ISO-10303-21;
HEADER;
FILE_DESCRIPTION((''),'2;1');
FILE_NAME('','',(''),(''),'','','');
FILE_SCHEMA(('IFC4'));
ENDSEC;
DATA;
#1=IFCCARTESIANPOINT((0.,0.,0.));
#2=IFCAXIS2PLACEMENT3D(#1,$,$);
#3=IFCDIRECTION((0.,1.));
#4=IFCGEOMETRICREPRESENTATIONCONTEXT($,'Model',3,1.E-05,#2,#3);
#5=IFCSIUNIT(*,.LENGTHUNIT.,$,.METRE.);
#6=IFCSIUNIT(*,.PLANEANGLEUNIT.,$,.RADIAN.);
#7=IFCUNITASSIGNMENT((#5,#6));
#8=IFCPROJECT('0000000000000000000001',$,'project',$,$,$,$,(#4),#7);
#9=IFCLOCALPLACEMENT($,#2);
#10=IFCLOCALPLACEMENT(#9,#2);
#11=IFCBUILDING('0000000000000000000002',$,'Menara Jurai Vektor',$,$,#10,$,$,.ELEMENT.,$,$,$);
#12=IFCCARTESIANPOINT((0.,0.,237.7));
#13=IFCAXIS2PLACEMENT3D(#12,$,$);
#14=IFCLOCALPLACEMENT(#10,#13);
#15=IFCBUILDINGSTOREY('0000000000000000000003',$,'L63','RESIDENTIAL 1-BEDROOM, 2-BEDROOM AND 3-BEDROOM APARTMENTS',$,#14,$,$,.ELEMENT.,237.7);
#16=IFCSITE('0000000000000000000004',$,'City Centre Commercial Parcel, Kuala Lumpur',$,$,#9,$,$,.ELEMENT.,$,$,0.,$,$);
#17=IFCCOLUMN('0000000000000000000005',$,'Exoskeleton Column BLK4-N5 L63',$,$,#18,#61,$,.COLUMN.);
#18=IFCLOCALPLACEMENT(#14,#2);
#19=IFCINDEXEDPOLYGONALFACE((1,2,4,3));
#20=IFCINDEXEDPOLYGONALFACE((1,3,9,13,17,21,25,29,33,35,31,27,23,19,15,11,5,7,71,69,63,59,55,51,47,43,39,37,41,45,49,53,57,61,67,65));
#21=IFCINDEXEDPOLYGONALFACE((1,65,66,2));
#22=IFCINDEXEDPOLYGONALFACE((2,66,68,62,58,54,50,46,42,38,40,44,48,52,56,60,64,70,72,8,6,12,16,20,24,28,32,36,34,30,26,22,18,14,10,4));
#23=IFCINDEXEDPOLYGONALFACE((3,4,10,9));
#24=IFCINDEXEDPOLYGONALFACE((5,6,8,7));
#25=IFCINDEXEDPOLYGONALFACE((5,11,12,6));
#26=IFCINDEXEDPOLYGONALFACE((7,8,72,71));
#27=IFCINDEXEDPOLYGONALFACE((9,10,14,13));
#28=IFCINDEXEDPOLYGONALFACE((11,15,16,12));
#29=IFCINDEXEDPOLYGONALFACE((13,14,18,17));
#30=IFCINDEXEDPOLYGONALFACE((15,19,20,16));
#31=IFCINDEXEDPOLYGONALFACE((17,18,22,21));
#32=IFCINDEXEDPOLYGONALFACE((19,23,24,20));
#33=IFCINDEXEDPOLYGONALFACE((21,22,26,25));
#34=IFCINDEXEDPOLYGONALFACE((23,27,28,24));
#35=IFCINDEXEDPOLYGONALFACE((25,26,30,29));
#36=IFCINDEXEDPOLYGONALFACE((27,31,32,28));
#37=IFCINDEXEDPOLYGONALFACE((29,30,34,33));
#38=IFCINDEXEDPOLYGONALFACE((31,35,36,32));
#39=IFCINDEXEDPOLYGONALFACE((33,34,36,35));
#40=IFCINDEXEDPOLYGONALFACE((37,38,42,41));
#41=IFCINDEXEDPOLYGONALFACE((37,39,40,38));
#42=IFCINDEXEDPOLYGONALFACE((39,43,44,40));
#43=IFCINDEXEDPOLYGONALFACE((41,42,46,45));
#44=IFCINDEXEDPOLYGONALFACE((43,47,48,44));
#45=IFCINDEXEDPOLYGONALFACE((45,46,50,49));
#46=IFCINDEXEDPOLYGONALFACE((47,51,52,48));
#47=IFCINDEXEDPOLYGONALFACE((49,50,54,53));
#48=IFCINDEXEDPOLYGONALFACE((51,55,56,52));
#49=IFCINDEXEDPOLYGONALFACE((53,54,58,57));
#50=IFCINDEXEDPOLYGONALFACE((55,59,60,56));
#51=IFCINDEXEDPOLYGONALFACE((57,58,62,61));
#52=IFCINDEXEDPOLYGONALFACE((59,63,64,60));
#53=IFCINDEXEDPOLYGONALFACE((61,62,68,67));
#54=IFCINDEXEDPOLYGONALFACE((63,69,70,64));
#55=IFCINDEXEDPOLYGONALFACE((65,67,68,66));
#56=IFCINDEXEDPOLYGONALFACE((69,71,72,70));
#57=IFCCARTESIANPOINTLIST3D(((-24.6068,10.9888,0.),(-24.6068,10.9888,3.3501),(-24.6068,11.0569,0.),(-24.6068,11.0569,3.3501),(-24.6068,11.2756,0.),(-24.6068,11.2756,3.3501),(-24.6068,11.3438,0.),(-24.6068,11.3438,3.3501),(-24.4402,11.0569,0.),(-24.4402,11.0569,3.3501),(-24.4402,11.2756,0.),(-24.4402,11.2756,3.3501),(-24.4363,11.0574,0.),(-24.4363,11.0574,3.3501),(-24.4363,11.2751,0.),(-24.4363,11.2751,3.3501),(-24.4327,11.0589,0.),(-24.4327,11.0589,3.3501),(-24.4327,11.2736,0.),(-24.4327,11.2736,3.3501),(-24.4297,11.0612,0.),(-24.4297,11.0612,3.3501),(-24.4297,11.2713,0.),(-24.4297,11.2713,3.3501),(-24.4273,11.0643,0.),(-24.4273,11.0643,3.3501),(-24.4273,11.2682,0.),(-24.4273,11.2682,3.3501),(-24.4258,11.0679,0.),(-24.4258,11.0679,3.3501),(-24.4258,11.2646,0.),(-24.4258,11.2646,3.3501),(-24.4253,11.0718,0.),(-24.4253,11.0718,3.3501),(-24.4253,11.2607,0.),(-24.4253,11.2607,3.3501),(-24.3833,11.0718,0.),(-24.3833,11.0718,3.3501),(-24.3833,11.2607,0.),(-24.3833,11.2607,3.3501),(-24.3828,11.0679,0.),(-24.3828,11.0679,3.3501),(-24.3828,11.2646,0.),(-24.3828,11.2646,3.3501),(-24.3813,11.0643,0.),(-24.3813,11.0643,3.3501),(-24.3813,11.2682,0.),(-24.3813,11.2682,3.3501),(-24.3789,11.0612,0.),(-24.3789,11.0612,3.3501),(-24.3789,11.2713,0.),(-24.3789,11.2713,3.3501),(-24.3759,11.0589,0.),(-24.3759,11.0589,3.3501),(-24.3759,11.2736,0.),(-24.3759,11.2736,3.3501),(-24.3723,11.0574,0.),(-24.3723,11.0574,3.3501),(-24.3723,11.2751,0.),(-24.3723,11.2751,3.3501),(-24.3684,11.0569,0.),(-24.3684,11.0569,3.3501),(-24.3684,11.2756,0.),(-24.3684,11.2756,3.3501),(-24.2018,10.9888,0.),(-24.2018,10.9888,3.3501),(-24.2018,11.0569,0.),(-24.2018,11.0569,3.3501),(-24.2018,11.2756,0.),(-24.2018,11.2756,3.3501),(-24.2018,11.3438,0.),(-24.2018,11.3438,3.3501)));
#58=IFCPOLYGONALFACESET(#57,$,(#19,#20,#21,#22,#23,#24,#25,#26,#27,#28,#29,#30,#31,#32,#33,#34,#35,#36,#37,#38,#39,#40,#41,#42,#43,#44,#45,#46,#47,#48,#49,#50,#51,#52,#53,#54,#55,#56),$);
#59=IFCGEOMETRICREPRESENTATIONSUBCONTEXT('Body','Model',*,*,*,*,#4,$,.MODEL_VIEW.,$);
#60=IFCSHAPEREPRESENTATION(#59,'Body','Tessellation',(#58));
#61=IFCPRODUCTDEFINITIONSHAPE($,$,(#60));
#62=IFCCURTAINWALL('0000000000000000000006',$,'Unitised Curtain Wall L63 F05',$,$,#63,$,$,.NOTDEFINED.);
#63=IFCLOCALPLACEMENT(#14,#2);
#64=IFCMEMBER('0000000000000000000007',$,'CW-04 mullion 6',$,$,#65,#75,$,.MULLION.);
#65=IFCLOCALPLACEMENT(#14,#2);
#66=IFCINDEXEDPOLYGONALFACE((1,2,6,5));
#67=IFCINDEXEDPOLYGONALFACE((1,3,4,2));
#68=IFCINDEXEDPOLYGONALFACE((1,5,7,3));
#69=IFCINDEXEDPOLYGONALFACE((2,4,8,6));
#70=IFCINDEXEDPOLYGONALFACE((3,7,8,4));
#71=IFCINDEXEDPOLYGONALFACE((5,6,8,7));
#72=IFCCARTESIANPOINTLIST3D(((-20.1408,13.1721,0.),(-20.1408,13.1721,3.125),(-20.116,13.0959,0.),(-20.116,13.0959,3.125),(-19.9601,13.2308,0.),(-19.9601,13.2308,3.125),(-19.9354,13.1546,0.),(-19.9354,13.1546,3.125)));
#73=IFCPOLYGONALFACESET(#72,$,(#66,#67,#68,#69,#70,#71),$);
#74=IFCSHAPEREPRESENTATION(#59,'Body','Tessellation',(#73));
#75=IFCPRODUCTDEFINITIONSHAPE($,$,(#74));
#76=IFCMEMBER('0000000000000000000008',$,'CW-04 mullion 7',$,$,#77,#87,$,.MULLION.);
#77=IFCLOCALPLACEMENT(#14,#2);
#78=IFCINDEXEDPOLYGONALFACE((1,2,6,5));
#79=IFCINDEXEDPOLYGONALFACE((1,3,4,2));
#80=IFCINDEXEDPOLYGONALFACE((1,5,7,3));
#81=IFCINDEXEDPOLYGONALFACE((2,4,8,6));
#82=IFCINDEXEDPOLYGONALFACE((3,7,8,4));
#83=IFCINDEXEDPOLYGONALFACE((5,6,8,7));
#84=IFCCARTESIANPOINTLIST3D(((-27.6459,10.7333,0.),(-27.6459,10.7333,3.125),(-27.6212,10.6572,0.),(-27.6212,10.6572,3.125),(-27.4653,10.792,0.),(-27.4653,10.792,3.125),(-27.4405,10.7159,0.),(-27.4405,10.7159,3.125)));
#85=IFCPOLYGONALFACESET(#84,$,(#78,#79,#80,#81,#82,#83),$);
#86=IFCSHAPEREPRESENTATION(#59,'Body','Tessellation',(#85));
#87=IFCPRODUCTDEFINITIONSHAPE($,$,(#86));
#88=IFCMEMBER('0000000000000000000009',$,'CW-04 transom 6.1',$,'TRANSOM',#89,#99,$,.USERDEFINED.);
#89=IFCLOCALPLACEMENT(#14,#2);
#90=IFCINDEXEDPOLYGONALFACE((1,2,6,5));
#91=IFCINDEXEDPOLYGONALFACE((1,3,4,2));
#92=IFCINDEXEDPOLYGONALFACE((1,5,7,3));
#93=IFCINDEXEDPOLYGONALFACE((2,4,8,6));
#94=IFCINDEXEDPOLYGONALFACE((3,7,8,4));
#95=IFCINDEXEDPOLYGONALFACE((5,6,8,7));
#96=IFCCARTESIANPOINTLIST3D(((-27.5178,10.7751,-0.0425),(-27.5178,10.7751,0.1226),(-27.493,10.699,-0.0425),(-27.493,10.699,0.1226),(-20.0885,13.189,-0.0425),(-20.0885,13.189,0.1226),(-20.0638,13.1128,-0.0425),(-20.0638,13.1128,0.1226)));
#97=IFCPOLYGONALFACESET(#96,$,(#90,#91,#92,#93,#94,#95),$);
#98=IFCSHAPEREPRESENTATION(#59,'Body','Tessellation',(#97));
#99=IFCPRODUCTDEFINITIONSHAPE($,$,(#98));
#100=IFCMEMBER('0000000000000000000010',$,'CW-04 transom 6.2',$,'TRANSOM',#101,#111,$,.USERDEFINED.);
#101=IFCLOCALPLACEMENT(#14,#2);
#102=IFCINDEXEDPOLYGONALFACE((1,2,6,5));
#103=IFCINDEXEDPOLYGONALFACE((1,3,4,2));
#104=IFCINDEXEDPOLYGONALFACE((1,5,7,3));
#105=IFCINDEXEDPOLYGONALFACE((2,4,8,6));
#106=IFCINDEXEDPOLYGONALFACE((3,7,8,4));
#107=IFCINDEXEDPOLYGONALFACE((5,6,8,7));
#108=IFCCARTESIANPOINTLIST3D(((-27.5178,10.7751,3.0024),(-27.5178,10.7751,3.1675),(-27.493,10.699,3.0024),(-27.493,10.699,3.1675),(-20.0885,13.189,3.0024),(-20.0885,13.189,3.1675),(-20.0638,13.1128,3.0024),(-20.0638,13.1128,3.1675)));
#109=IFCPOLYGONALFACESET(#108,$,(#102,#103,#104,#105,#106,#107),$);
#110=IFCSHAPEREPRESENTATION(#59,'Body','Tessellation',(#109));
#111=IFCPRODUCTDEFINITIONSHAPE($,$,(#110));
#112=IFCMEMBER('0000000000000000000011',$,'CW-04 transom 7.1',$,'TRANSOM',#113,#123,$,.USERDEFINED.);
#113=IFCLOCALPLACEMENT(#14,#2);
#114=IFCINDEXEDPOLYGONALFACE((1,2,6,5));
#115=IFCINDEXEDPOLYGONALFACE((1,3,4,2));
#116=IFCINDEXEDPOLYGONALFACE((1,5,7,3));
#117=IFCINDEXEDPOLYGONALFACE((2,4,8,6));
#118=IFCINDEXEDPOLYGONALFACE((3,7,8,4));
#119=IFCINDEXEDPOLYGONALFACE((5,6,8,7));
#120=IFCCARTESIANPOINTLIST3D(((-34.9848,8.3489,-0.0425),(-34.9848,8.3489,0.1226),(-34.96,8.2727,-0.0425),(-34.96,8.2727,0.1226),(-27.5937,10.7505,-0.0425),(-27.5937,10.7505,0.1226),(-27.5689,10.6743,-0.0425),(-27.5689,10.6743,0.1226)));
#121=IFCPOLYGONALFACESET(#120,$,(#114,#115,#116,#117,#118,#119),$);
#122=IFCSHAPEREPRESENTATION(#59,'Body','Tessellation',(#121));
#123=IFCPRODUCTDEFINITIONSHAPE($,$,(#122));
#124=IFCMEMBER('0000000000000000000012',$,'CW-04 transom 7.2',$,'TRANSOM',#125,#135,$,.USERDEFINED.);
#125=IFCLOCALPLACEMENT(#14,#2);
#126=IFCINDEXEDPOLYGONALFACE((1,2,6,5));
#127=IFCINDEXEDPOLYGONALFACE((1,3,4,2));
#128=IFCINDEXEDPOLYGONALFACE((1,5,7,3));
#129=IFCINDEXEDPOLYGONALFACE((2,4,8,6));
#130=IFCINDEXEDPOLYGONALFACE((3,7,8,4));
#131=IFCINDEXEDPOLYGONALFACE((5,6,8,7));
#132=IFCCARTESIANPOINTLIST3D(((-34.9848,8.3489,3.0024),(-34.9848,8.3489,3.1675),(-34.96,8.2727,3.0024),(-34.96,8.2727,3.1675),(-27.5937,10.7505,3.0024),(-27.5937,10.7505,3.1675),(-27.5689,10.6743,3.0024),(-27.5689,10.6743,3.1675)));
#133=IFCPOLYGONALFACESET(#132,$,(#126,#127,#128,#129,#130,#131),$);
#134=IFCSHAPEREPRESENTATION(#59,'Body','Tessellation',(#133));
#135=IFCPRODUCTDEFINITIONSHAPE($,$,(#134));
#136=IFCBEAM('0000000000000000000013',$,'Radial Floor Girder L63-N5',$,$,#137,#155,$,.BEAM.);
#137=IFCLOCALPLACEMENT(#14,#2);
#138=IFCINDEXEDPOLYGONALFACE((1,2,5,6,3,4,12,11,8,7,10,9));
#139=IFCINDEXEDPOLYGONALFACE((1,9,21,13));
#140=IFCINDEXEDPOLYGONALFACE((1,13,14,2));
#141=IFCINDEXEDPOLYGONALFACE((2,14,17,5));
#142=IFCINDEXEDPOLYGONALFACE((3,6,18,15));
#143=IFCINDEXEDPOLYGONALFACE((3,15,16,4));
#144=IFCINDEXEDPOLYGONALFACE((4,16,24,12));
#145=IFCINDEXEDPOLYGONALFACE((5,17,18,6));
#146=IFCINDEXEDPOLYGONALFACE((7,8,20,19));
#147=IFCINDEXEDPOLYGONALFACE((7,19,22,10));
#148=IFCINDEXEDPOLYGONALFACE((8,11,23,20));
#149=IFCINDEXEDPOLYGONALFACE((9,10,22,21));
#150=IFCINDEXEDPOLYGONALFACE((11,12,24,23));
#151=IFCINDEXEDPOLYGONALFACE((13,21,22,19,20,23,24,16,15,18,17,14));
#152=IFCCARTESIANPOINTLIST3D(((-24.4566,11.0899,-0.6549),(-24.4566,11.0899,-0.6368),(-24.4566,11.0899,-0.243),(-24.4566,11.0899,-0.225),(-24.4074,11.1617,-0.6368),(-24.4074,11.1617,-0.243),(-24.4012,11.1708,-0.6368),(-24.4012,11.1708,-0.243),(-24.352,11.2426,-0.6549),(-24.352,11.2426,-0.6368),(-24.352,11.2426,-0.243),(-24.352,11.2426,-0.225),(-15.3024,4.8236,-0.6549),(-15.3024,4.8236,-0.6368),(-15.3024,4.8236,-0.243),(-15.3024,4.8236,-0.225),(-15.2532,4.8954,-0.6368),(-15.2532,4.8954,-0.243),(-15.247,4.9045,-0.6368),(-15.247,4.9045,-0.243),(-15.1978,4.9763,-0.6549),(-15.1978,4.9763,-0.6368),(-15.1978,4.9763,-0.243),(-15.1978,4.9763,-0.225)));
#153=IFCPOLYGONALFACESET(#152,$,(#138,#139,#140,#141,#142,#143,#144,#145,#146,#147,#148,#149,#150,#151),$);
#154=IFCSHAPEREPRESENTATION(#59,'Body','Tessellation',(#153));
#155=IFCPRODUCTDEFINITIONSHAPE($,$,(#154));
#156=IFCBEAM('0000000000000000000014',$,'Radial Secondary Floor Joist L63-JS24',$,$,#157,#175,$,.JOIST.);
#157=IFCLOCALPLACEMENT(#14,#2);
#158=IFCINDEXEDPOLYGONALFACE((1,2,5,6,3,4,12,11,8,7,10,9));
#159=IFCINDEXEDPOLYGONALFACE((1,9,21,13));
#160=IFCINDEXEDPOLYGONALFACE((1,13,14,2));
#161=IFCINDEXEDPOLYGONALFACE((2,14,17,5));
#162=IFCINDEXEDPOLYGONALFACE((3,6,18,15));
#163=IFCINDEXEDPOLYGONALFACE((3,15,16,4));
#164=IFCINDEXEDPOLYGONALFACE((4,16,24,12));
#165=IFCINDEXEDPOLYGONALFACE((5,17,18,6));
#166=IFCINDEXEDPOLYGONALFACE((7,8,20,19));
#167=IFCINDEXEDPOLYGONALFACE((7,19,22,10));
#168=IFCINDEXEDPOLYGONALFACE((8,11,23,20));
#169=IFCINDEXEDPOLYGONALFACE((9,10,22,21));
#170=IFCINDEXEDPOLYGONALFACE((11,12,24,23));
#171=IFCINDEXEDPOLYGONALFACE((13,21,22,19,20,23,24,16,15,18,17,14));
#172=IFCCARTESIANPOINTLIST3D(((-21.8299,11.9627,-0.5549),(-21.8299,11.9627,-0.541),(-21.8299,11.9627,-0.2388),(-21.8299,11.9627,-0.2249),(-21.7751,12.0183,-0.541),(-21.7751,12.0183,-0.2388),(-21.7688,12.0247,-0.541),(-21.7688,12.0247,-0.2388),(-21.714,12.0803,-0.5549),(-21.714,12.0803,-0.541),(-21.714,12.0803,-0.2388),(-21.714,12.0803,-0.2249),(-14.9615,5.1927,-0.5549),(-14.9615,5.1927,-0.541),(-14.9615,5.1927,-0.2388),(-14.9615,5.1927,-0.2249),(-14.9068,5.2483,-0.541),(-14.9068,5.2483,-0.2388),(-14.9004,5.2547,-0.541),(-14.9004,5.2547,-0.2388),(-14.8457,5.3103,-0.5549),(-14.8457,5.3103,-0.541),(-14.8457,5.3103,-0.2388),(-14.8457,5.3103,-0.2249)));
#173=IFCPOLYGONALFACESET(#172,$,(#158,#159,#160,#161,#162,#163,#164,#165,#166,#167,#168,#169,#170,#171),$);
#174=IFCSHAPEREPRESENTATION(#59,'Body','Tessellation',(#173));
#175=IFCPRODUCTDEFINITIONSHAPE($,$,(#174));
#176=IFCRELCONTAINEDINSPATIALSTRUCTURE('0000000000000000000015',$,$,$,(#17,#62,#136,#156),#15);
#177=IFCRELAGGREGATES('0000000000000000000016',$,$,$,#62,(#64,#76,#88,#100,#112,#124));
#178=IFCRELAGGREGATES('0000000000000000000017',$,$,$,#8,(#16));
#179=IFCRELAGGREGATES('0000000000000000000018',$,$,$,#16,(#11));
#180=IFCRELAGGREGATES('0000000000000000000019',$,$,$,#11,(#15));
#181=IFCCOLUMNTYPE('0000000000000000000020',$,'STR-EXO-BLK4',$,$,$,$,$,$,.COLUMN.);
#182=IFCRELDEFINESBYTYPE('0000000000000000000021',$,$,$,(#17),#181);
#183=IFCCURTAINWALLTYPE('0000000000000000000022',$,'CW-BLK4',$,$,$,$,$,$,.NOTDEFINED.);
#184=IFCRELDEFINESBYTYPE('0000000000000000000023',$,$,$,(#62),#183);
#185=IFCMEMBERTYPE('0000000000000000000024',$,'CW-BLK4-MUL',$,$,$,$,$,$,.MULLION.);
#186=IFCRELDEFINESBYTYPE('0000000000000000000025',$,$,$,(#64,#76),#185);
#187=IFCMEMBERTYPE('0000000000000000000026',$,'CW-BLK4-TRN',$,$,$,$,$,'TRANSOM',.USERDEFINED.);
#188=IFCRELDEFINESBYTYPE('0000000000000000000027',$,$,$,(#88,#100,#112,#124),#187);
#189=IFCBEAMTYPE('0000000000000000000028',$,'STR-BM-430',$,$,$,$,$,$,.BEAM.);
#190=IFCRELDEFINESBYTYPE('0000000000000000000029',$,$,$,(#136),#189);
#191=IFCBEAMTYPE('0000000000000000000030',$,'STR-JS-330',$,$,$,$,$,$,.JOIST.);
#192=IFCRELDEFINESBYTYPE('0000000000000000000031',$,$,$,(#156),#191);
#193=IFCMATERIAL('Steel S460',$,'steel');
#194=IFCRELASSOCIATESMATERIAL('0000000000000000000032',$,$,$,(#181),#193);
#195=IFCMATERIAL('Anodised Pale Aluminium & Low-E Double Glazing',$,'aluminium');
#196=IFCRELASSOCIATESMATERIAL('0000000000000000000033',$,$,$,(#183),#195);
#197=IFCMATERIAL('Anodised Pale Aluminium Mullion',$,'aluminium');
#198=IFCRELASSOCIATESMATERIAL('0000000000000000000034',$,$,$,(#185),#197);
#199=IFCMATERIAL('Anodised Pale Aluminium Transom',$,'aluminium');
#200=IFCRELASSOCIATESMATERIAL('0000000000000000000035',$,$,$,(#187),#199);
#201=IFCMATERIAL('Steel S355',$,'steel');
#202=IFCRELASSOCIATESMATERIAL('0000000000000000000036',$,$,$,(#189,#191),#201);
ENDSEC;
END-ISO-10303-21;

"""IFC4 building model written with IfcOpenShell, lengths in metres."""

from ifc_helpers import new_model, si_unit, direction, frame, origin, origin_2d, place, context, subcontext, project, spatial, rectangle, i_section, extrude, material, material_profile, profile_set, type_object, element, aggregate, save


model = new_model("IFC4")

# Units and contexts
model_context = context("Model", 3, precision=1e-05, world=origin(), true_north=direction((0.0, 1.0)))
body_context = subcontext(model_context, "Body", "Model", "MODEL_VIEW")
ifc_project = project(units=[si_unit("LENGTHUNIT", "METRE"), si_unit("PLANEANGLEUNIT", "RADIAN")], contexts=[model_context])

# Site, building, storey
site_placement = place(None, origin())
site = spatial("IfcSite", under=ifc_project, at=site_placement, Name="City Centre Commercial Parcel, Kuala Lumpur", CompositionType="ELEMENT", RefElevation=0.0)
building_placement = place(site_placement, origin())
building = spatial("IfcBuilding", under=site, at=building_placement, Name="Menara Jurai Vektor", CompositionType="ELEMENT")
storey_placement = place(building_placement, frame((0.0, 0.0, 237.7)))
storey = spatial("IfcBuildingStorey", under=building, at=storey_placement, Name="L63", Description="RESIDENTIAL 1-BEDROOM, 2-BEDROOM AND 3-BEDROOM APARTMENTS", CompositionType="ELEMENT", Elevation=237.7)

# Column
ifc_material_1 = material(Name="Steel S460", Category="steel")
ifc_material_profile_1 = material_profile(ifc_material_1, i_section(OverallWidth=0.405, OverallDepth=0.355, WebThickness=0.042, FlangeThickness=0.0681, FilletRadius=0.0149, at=origin_2d()), Name="HD 400x551")
ifc_profile_set_1 = profile_set([ifc_material_profile_1], Name="Steel S460")
column_type = type_object("IfcColumnType", Name="STR-EXO-BLK4", PredefinedType="COLUMN", material=ifc_profile_set_1)
column_placement = place(storey_placement, frame((-24.4043, 11.1663, 0.0), z_axis=(0.0, 0.0, 1.0), x_axis=(1.0, 0.0, 0.0)))
element("IfcColumn", 1, at=column_placement, inside=storey, type_object=column_type, Name="Exoskeleton Column BLK4-N5 L63", PredefinedType="COLUMN", context=body_context, shape_type="SweptSolid", body=[
    extrude(i_section(OverallWidth=0.405, OverallDepth=0.355, WebThickness=0.042, FlangeThickness=0.0681, FilletRadius=0.0149, at=origin_2d()), origin(), (0.0, 0.0, 1.0), 3.3501),
])

# Curtain wall, members
ifc_material_2 = material(Name="Anodised Pale Aluminium & Low-E Double Glazing", Category="aluminium")
curtain_wall_type = type_object("IfcCurtainWallType", Name="CW-BLK4", PredefinedType="NOTDEFINED", material=ifc_material_2)
curtain_wall_placement = place(storey_placement, origin())
curtain_wall = element("IfcCurtainWall", 2, at=curtain_wall_placement, inside=storey, type_object=curtain_wall_type, Name="Unitised Curtain Wall L63 F05", PredefinedType="NOTDEFINED")
ifc_material_3 = material(Name="Anodised Pale Aluminium Mullion", Category="aluminium")
ifc_material_profile_2 = material_profile(ifc_material_3, rectangle(XDim=0.0801, YDim=0.1899, at=origin_2d()), Name="ALU MUL 80x190")
ifc_profile_set_2 = profile_set([ifc_material_profile_2], Name="Anodised Pale Aluminium Mullion")
member_type_1 = type_object("IfcMemberType", Name="CW-BLK4-MUL", PredefinedType="MULLION", material=ifc_profile_set_2)
member_1_placement = place(storey_placement, frame((-20.0381, 13.1633, 0.0), z_axis=(0.0, 0.0, 1.0), x_axis=(0.309017, -0.951056, 0.0)))
member_1 = element("IfcMember", 3, at=member_1_placement, type_object=member_type_1, Name="CW-04 mullion 6", PredefinedType="MULLION", context=body_context, shape_type="SweptSolid", body=[
    extrude(rectangle(XDim=0.0801, YDim=0.1899, at=origin_2d()), origin(), (0.0, 0.0, 1.0), 3.125),
])
member_2_placement = place(storey_placement, frame((-27.5432, 10.7246, 0.0), z_axis=(0.0, 0.0, 1.0), x_axis=(0.309017, -0.951056, 0.0)))
member_2 = element("IfcMember", 4, at=member_2_placement, type_object=member_type_1, Name="CW-04 mullion 7", PredefinedType="MULLION", context=body_context, shape_type="SweptSolid", body=[
    extrude(rectangle(XDim=0.0801, YDim=0.1899, at=origin_2d()), origin(), (0.0, 0.0, 1.0), 3.125),
])
ifc_material_4 = material(Name="Anodised Pale Aluminium Transom", Category="aluminium")
ifc_material_profile_3 = material_profile(ifc_material_4, rectangle(XDim=0.0801, YDim=0.165, at=origin_2d()), Name="ALU TRN 80x165")
ifc_profile_set_3 = profile_set([ifc_material_profile_3], Name="Anodised Pale Aluminium Transom")
member_type_2 = type_object("IfcMemberType", Name="CW-BLK4-TRN", ElementType="TRANSOM", PredefinedType="USERDEFINED", material=ifc_profile_set_3)
member_3_placement = place(storey_placement, frame((-20.0762, 13.1509, 0.04), z_axis=(-0.951059, -0.309008, 0.0), x_axis=(0.309008, -0.951059, 0.0)))
member_3 = element("IfcMember", 5, at=member_3_placement, type_object=member_type_2, Name="CW-04 transom 6.1", ObjectType="TRANSOM", PredefinedType="USERDEFINED", context=body_context, shape_type="SweptSolid", body=[
    extrude(rectangle(XDim=0.0801, YDim=0.165, at=origin_2d()), origin(), (0.0, 0.0, 1.0), 7.8115),
])
member_4_placement = place(storey_placement, frame((-20.0762, 13.1509, 3.085), z_axis=(-0.951059, -0.309008, 0.0), x_axis=(0.309008, -0.951059, 0.0)))
member_4 = element("IfcMember", 6, at=member_4_placement, type_object=member_type_2, Name="CW-04 transom 6.2", ObjectType="TRANSOM", PredefinedType="USERDEFINED", context=body_context, shape_type="SweptSolid", body=[
    extrude(rectangle(XDim=0.0801, YDim=0.165, at=origin_2d()), origin(), (0.0, 0.0, 1.0), 7.8115),
])
member_5_placement = place(storey_placement, frame((-27.5813, 10.7124, 0.04), z_axis=(-0.951053, -0.309028, 0.0), x_axis=(0.309028, -0.951053, 0.0)))
member_5 = element("IfcMember", 7, at=member_5_placement, type_object=member_type_2, Name="CW-04 transom 7.1", ObjectType="TRANSOM", PredefinedType="USERDEFINED", context=body_context, shape_type="SweptSolid", body=[
    extrude(rectangle(XDim=0.0801, YDim=0.165, at=origin_2d()), origin(), (0.0, 0.0, 1.0), 7.7715),
])
member_6_placement = place(storey_placement, frame((-27.5813, 10.7124, 3.085), z_axis=(-0.951053, -0.309028, 0.0), x_axis=(0.309028, -0.951053, 0.0)))
member_6 = element("IfcMember", 8, at=member_6_placement, type_object=member_type_2, Name="CW-04 transom 7.2", ObjectType="TRANSOM", PredefinedType="USERDEFINED", context=body_context, shape_type="SweptSolid", body=[
    extrude(rectangle(XDim=0.0801, YDim=0.165, at=origin_2d()), origin(), (0.0, 0.0, 1.0), 7.7715),
])

# Beams
ifc_material_5 = material(Name="Steel S355", Category="steel")
ifc_material_profile_4 = material_profile(ifc_material_5, i_section(OverallWidth=0.1851, OverallDepth=0.4299, WebThickness=0.011, FlangeThickness=0.0181, at=origin_2d()), Name="PG 430x185x76")
ifc_profile_set_4 = profile_set([ifc_material_profile_4], Name="Steel S355")
beam_type_1 = type_object("IfcBeamType", Name="STR-BM-430", PredefinedType="BEAM", material=ifc_profile_set_4)
beam_1_placement = place(storey_placement, frame((-24.4043, 11.1663, -0.4399), z_axis=(0.825186, -0.564861, 0.0), x_axis=(0.564861, 0.825186, 0.0)))
element("IfcBeam", 9, at=beam_1_placement, inside=storey, type_object=beam_type_1, Name="Radial Floor Girder L63-N5", PredefinedType="BEAM", context=body_context, shape_type="SweptSolid", body=[
    extrude(i_section(OverallWidth=0.1851, OverallDepth=0.4299, WebThickness=0.011, FlangeThickness=0.0181, at=origin_2d()), origin(), (0.0, 0.0, 1.0), 11.0935),
])
ifc_material_profile_5 = material_profile(ifc_material_5, i_section(OverallWidth=0.165, OverallDepth=0.3301, WebThickness=0.009, FlangeThickness=0.0139, at=origin_2d()), Name="PG 330x165x46")
ifc_profile_set_5 = profile_set([ifc_material_profile_5], Name="Steel S355")
beam_type_2 = type_object("IfcBeamType", Name="STR-JS-330", PredefinedType="JOIST", material=ifc_profile_set_5)
beam_2_placement = place(storey_placement, frame((-21.772, 12.0215, -0.3899), z_axis=(0.712189, -0.701987, 0.0), x_axis=(0.701987, 0.712189, 0.0)))
element("IfcBeam", 10, at=beam_2_placement, inside=storey, type_object=beam_type_2, Name="Radial Secondary Floor Joist L63-JS24", PredefinedType="JOIST", context=body_context, shape_type="SweptSolid", body=[
    extrude(i_section(OverallWidth=0.165, OverallDepth=0.3301, WebThickness=0.009, FlangeThickness=0.0139, at=origin_2d()), origin(), (0.0, 0.0, 1.0), 9.644),
])

aggregate(curtain_wall, [member_1, member_2, member_3, member_4, member_5, member_6])

save(model, "model.ifc")
